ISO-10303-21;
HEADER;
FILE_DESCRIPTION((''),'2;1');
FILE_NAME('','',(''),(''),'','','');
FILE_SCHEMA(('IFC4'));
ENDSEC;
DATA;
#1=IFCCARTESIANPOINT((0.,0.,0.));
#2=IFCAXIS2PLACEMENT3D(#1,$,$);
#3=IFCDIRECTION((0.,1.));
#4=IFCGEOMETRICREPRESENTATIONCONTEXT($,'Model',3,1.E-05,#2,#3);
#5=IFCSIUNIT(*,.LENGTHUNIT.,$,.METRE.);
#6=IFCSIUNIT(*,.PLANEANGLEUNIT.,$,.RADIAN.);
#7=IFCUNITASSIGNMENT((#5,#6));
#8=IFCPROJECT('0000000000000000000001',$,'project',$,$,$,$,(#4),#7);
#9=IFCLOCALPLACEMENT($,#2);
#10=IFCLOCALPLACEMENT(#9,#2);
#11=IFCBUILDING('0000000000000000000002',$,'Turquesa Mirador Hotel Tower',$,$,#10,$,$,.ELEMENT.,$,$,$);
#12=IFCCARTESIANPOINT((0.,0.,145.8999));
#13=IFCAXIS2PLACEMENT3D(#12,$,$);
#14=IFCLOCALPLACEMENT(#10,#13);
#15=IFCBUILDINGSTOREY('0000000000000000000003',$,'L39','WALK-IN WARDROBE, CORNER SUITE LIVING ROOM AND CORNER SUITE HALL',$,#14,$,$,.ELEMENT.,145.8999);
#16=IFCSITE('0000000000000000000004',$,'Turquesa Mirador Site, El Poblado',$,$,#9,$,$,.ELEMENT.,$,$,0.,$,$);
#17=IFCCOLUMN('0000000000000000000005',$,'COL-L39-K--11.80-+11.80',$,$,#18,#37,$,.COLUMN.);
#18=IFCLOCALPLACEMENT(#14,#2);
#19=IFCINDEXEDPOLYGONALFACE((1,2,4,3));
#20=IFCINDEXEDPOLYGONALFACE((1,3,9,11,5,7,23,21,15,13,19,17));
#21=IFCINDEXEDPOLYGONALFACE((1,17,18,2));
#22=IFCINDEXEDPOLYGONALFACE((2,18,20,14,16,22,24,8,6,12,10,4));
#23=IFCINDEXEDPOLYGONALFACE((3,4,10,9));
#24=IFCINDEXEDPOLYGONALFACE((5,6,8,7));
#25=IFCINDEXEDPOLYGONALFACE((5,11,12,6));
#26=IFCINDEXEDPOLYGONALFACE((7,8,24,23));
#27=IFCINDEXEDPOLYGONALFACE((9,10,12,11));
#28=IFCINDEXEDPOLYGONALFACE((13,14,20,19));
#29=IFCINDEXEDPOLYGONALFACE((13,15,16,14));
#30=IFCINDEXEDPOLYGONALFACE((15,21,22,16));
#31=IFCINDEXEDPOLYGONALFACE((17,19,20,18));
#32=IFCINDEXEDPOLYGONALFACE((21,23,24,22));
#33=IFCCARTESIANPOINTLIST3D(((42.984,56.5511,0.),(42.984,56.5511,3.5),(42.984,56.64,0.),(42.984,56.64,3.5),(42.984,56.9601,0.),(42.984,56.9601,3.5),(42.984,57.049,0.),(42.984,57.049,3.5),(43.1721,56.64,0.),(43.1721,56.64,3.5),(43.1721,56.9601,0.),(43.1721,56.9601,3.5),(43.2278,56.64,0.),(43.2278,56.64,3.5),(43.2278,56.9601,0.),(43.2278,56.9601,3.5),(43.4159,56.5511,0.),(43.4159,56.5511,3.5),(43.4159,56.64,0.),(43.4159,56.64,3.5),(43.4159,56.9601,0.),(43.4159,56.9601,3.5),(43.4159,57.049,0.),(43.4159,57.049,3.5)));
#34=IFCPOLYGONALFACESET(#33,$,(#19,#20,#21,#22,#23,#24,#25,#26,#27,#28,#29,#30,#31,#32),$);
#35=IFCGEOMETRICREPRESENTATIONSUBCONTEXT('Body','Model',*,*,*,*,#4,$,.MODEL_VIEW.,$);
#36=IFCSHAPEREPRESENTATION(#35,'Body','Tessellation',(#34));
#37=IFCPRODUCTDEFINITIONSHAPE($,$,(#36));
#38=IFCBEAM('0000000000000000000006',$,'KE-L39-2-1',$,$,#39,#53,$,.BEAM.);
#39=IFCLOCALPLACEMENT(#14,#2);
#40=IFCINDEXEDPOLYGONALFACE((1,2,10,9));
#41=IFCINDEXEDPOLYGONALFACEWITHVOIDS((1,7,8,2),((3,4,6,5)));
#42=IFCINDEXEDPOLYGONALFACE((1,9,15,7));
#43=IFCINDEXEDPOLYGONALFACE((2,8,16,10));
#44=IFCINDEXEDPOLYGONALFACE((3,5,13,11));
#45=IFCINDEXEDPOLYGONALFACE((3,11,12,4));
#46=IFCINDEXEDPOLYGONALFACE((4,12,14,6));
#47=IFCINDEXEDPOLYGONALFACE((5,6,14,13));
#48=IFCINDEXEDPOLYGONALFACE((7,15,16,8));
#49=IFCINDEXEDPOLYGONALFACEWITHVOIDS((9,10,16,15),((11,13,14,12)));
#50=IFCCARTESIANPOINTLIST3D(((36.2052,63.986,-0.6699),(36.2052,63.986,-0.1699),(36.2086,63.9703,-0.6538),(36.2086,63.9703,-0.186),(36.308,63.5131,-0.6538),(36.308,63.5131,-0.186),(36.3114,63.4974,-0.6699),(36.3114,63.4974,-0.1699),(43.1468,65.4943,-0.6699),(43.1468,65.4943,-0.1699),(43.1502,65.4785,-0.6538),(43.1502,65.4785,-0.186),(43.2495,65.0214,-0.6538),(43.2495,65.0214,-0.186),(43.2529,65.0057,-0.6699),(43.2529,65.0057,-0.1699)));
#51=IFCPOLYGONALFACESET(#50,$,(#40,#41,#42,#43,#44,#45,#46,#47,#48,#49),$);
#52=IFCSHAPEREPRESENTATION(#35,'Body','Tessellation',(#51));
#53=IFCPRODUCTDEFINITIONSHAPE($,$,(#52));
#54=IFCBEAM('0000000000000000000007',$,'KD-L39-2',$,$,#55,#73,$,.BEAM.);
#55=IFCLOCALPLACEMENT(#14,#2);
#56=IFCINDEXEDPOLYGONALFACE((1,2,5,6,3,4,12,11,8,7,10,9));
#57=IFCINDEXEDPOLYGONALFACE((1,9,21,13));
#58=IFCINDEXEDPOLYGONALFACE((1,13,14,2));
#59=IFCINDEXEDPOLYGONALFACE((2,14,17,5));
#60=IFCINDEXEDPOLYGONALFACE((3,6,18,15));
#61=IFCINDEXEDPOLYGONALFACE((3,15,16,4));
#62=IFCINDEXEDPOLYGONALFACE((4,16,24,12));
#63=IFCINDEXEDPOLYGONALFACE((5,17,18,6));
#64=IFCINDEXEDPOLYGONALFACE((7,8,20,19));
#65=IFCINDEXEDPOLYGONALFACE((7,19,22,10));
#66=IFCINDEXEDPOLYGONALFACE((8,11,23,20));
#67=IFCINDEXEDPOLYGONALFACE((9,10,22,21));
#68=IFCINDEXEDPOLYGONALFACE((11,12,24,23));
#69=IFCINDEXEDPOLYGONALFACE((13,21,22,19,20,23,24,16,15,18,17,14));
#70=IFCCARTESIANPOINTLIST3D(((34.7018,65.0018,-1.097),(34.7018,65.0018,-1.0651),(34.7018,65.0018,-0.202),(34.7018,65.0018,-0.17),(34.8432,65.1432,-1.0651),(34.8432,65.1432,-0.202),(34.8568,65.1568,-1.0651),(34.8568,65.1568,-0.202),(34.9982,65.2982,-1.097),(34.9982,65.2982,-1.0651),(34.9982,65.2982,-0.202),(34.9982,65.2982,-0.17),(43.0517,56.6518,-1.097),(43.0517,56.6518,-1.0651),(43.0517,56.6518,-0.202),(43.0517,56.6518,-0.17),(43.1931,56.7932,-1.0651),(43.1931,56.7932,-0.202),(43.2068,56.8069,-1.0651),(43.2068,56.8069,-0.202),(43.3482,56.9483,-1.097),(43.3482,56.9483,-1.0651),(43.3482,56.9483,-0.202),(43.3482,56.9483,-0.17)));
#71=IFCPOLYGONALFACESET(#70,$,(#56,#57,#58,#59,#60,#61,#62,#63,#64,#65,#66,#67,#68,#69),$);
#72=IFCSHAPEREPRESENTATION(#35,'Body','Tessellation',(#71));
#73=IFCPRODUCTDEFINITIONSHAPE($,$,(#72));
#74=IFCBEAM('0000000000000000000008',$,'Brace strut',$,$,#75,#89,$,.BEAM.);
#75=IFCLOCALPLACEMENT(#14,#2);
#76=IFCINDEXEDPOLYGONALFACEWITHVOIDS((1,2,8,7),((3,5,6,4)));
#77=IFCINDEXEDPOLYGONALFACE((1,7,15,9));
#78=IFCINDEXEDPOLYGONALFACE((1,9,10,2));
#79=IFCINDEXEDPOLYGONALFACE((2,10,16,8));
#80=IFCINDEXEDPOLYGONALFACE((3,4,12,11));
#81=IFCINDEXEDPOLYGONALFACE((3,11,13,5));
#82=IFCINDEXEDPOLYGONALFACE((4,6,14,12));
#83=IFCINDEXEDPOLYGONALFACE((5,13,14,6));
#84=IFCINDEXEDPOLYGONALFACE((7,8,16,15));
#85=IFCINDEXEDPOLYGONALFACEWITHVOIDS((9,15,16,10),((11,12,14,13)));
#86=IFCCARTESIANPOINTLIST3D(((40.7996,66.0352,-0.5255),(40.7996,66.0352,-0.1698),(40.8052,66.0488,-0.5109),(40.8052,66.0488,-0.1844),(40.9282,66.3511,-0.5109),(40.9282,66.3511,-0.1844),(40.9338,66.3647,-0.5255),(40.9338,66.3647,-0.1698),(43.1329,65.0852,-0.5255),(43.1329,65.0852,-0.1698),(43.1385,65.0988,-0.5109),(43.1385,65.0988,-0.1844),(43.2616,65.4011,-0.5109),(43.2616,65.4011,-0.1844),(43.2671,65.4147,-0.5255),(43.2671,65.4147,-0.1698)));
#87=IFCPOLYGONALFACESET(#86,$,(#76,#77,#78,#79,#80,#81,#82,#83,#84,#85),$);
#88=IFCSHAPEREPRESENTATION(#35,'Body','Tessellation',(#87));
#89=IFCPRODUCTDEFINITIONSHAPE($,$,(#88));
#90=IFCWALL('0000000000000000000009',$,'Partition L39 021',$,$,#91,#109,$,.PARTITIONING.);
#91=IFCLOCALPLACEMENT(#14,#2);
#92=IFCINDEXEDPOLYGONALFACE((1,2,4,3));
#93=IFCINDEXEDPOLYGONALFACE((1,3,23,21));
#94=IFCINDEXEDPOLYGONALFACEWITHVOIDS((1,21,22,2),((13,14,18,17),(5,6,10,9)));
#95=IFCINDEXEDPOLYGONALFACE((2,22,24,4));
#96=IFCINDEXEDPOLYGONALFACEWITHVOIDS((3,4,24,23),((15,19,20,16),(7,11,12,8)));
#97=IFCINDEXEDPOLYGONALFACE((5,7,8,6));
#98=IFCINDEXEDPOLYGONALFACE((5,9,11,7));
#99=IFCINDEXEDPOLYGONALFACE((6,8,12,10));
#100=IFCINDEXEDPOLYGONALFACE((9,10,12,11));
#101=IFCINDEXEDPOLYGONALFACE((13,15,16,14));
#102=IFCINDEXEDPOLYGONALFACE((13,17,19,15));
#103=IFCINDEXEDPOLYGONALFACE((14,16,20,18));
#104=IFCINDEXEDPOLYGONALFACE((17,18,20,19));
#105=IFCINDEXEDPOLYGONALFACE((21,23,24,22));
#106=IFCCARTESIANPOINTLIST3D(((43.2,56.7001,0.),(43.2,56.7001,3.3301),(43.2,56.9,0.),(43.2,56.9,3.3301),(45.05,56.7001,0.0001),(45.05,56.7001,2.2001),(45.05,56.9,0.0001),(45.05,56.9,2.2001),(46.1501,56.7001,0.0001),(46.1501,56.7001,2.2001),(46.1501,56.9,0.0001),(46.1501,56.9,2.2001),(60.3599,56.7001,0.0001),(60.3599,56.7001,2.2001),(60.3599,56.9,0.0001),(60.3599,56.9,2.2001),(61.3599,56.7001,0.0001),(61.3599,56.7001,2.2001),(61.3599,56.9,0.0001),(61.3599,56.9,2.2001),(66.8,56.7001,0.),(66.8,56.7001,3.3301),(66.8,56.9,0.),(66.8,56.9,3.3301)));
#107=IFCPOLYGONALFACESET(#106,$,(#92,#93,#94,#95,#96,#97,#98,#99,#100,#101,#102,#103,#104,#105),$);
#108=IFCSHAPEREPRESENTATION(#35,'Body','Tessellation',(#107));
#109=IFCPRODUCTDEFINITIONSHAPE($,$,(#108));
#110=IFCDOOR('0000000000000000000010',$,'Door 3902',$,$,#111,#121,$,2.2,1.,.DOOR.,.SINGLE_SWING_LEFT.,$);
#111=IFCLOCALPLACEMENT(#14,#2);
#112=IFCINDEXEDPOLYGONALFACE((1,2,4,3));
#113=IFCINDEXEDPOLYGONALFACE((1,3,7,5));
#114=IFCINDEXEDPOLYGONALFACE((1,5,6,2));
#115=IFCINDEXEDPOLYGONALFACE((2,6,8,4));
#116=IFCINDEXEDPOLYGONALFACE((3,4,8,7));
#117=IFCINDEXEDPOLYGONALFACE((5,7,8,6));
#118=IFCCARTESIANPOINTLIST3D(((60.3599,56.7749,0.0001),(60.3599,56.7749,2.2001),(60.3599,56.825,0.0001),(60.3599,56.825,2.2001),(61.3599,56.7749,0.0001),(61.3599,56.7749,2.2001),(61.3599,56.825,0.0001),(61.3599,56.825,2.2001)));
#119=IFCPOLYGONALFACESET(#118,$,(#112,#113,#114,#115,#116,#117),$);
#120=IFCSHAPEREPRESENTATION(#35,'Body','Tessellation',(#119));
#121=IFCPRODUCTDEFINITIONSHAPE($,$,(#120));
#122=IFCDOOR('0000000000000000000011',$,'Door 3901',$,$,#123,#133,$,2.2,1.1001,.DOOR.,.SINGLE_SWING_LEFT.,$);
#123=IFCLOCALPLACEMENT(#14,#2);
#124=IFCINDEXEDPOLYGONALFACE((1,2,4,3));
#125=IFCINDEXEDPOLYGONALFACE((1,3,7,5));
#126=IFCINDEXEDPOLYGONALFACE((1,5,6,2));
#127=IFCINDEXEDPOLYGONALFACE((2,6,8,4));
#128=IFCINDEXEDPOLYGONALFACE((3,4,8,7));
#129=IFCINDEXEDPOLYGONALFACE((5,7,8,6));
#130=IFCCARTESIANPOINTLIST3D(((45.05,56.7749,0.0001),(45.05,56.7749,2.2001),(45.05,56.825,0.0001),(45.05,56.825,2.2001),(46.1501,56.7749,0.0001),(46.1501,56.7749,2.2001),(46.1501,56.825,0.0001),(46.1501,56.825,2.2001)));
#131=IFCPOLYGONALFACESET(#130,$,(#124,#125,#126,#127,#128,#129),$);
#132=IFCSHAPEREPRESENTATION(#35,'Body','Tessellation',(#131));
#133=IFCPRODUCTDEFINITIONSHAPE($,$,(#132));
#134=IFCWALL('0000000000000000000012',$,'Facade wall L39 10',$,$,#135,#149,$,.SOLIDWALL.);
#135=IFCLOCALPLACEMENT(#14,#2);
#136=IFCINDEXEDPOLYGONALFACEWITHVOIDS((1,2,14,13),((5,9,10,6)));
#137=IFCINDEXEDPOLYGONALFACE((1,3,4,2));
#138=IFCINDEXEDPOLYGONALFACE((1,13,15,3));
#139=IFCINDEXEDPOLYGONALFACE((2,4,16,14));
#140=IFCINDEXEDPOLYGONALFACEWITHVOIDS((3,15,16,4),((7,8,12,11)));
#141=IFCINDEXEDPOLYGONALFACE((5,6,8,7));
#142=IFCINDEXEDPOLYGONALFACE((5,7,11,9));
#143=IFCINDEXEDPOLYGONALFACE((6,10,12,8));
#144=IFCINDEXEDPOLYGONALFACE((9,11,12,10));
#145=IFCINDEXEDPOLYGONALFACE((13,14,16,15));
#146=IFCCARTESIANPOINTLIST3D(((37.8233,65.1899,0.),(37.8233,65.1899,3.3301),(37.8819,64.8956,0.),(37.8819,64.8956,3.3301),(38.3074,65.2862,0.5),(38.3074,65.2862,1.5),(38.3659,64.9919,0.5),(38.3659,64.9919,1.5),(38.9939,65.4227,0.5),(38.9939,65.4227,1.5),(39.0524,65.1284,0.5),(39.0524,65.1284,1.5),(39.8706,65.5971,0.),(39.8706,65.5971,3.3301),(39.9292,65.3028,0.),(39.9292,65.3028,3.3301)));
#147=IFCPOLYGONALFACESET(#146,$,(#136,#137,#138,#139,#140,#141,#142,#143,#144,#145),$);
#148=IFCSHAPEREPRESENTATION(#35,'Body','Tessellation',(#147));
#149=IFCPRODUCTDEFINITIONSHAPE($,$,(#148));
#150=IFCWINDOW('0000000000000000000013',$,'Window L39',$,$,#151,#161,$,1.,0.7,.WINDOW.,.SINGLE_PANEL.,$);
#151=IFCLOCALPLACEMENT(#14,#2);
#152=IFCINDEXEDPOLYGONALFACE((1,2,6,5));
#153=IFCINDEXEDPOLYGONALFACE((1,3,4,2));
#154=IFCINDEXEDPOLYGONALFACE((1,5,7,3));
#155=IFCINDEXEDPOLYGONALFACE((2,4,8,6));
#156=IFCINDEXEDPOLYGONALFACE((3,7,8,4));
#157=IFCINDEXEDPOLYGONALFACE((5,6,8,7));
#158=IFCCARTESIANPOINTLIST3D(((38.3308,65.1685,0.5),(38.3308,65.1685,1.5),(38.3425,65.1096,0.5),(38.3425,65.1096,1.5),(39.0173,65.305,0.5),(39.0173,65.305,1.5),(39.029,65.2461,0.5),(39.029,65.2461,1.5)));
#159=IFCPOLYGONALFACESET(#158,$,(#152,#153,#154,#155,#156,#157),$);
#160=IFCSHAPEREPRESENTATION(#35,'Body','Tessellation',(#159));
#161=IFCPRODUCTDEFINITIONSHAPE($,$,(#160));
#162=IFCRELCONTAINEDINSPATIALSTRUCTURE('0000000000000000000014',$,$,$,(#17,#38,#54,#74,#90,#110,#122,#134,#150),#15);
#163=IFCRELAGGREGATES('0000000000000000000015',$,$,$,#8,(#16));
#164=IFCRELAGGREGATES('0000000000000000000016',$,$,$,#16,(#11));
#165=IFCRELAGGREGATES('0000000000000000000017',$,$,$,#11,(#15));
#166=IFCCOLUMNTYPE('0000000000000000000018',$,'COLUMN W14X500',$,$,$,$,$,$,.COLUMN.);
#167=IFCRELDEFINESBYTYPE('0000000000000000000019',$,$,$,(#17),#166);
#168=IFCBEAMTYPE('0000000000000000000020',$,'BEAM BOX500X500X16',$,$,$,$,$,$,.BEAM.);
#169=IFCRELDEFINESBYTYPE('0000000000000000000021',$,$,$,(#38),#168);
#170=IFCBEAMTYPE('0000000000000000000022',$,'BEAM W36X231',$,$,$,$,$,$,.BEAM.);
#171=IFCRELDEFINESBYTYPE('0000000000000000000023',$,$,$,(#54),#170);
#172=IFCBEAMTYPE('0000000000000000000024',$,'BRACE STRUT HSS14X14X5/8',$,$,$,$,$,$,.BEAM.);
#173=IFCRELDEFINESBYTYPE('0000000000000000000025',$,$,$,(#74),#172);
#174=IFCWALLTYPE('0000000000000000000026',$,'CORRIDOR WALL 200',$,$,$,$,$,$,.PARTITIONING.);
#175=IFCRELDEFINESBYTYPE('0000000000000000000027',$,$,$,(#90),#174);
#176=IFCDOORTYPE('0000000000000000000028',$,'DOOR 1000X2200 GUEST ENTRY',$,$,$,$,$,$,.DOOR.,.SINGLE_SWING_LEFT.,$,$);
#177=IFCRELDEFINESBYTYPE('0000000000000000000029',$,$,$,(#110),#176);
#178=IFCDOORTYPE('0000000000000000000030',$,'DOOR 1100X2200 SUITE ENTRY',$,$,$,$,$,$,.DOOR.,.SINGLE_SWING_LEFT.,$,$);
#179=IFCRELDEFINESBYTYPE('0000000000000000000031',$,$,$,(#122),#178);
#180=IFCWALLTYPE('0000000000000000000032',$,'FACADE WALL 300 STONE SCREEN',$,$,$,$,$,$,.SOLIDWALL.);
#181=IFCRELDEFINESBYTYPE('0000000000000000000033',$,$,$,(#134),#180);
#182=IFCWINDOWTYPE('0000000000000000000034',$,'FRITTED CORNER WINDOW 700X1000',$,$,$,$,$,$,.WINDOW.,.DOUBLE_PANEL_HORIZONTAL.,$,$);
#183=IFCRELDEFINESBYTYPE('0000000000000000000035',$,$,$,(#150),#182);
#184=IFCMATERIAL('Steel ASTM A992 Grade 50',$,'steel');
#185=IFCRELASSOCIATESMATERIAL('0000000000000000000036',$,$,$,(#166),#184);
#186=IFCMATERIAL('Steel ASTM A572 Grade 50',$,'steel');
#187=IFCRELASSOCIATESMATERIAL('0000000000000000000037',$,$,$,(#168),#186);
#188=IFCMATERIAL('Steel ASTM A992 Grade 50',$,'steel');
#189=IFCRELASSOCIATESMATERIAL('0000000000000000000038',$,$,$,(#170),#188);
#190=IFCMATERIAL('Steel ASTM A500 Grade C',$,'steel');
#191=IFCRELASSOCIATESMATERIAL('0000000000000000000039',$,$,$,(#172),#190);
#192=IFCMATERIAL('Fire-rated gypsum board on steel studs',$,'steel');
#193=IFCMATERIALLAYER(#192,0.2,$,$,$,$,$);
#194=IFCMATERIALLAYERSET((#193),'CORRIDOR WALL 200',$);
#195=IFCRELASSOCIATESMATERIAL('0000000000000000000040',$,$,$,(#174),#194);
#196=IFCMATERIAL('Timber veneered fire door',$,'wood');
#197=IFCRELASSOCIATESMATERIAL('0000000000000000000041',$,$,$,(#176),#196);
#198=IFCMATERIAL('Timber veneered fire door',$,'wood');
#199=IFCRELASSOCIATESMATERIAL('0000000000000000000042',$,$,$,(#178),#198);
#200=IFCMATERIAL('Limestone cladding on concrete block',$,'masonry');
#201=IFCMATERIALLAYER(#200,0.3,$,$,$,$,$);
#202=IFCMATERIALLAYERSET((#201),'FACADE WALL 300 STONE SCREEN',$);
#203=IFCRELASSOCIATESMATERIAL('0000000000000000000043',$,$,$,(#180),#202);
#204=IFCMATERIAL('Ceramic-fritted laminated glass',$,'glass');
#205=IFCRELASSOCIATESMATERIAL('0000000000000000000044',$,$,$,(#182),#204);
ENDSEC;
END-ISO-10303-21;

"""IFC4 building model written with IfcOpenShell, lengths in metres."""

from ifc_helpers import new_model, si_unit, direction, frame, frame_2d, origin, origin_2d, place, context, subcontext, project, spatial, rectangle, hollow_rectangle, i_section, extrude, material, layer, layer_set, material_profile, profile_set, type_object, element, fill, save


model = new_model("IFC4")

# Units and contexts
model_context = context("Model", 3, precision=1e-05, world=origin(), true_north=direction((0.0, 1.0)))
body_context = subcontext(model_context, "Body", "Model", "MODEL_VIEW")
ifc_project = project(units=[si_unit("LENGTHUNIT", "METRE"), si_unit("PLANEANGLEUNIT", "RADIAN")], contexts=[model_context])

# Site, building, storey
site_placement = place(None, origin())
site = spatial("IfcSite", under=ifc_project, at=site_placement, Name="Turquesa Mirador Site, El Poblado", CompositionType="ELEMENT", RefElevation=0.0)
building_placement = place(site_placement, origin())
building = spatial("IfcBuilding", under=site, at=building_placement, Name="Turquesa Mirador Hotel Tower", CompositionType="ELEMENT")
storey_placement = place(building_placement, frame((0.0, 0.0, 145.8999)))
storey = spatial("IfcBuildingStorey", under=building, at=storey_placement, Name="L39", Description="WALK-IN WARDROBE, CORNER SUITE LIVING ROOM AND CORNER SUITE HALL", CompositionType="ELEMENT", Elevation=145.8999)

# Column
ifc_material_1 = material(Name="Steel ASTM A992 Grade 50", Category="steel")
ifc_material_profile_1 = material_profile(ifc_material_1, i_section(OverallWidth=0.4319, OverallDepth=0.4978, WebThickness=0.0557, FlangeThickness=0.0889, at=origin_2d()), Name="W14X500")
ifc_profile_set_1 = profile_set([ifc_material_profile_1], Name="Steel ASTM A992 Grade 50")
column_type = type_object("IfcColumnType", Name="COLUMN W14X500", PredefinedType="COLUMN", material=ifc_profile_set_1)
column_placement = place(storey_placement, frame((43.2, 56.8, 0.0), z_axis=(0.0, 0.0, 1.0), x_axis=(1.0, 0.0, 0.0)))
element("IfcColumn", 1, at=column_placement, inside=storey, type_object=column_type, Name="COL-L39-K--11.80-+11.80", PredefinedType="COLUMN", context=body_context, shape_type="SweptSolid", body=[
    extrude(i_section(OverallWidth=0.4319, OverallDepth=0.4978, WebThickness=0.0557, FlangeThickness=0.0889, at=origin_2d()), origin(), (0.0, 0.0, 1.0), 3.5),
])

# Beams
ifc_material_2 = material(Name="Steel ASTM A572 Grade 50", Category="steel")
ifc_material_profile_2 = material_profile(ifc_material_2, hollow_rectangle(XDim=0.5, YDim=0.5, WallThickness=0.0161, at=origin_2d()), Name="BOX500X500X16")
ifc_profile_set_2 = profile_set([ifc_material_profile_2], Name="Steel ASTM A572 Grade 50")
beam_type_1 = type_object("IfcBeamType", Name="BEAM BOX500X500X16", PredefinedType="BEAM", material=ifc_profile_set_2)
beam_1_placement = place(storey_placement, frame((36.2583, 63.7417, -0.4199), z_axis=(0.977198, 0.212328, 0.0), x_axis=(-0.212328, 0.977198, 0.0)))
element("IfcBeam", 2, at=beam_1_placement, inside=storey, type_object=beam_type_1, Name="KE-L39-2-1", PredefinedType="BEAM", context=body_context, shape_type="SweptSolid", body=[
    extrude(hollow_rectangle(XDim=0.5, YDim=0.5, WallThickness=0.0161, at=origin_2d()), origin(), (0.0, 0.0, 1.0), 7.1035),
])
ifc_material_3 = material(Name="Steel ASTM A992 Grade 50", Category="steel")
ifc_material_profile_3 = material_profile(ifc_material_3, i_section(OverallWidth=0.4192, OverallDepth=0.927, WebThickness=0.0193, FlangeThickness=0.032, at=origin_2d()), Name="W36X231")
ifc_profile_set_3 = profile_set([ifc_material_profile_3], Name="Steel ASTM A992 Grade 50")
beam_type_2 = type_object("IfcBeamType", Name="BEAM W36X231", PredefinedType="BEAM", material=ifc_profile_set_3)
beam_2_placement = place(storey_placement, frame((43.2, 56.8, -0.6335), z_axis=(-0.707107, 0.707107, 0.0), x_axis=(-0.707107, -0.707107, 0.0)))
element("IfcBeam", 3, at=beam_2_placement, inside=storey, type_object=beam_type_2, Name="KD-L39-2", PredefinedType="BEAM", context=body_context, shape_type="SweptSolid", body=[
    extrude(i_section(OverallWidth=0.4192, OverallDepth=0.927, WebThickness=0.0193, FlangeThickness=0.032, at=origin_2d()), origin(), (0.0, 0.0, 1.0), 11.8086),
])
ifc_material_4 = material(Name="Steel ASTM A500 Grade C", Category="steel")
ifc_material_profile_4 = material_profile(ifc_material_4, hollow_rectangle(XDim=0.3557, YDim=0.3557, WallThickness=0.0146, at=origin_2d()), Name="HSS14X14X5/8")
ifc_profile_set_4 = profile_set([ifc_material_profile_4], Name="Steel ASTM A500 Grade C")
beam_type_3 = type_object("IfcBeamType", Name="BRACE STRUT HSS14X14X5/8", PredefinedType="BEAM", material=ifc_profile_set_4)
beam_3_placement = place(storey_placement, frame((40.8667, 66.2, -0.3477), z_axis=(0.92618, -0.377081, 0.0), x_axis=(0.377081, 0.92618, 0.0)))
element("IfcBeam", 4, at=beam_3_placement, inside=storey, type_object=beam_type_3, Name="Brace strut", PredefinedType="BEAM", context=body_context, shape_type="SweptSolid", body=[
    extrude(hollow_rectangle(XDim=0.3557, YDim=0.3557, WallThickness=0.0146, at=origin_2d()), origin(), (0.0, 0.0, 1.0), 2.5193),
])

# Wall, openings, doors
ifc_material_5 = material(Name="Fire-rated gypsum board on steel studs", Category="steel")
ifc_layer_1 = layer(ifc_material_5, 0.2)
ifc_layer_set_1 = layer_set([ifc_layer_1], Name="CORRIDOR WALL 200")
wall_type_1 = type_object("IfcWallType", Name="CORRIDOR WALL 200", PredefinedType="PARTITIONING", material=ifc_layer_set_1)
wall_1_placement = place(storey_placement, frame((43.2, 56.8, 0.0), z_axis=(0.0, 0.0, 1.0), x_axis=(1.0, 0.0, 0.0)))
wall_1 = element("IfcWall", 5, at=wall_1_placement, inside=storey, type_object=wall_type_1, Name="Partition L39 021", PredefinedType="PARTITIONING", context=body_context, shape_type="SweptSolid", body=[
    extrude(rectangle(XDim=23.6001, YDim=0.2, at=frame_2d((11.8, 0.0))), origin(), (0.0, 0.0, 1.0), 3.3301),
])
opening_1_placement = place(wall_1_placement, frame((1.8501, 0.0, 0.0)))
opening_1 = element("IfcOpeningElement", 6, at=opening_1_placement, cuts=wall_1, PredefinedType="OPENING", context=body_context, shape_type="SweptSolid", body=[
    extrude(rectangle(XDim=1.1001, YDim=2.2, at=frame_2d((0.55, 1.1001))), frame((0.0, 0.1099, 0.0), z_axis=(0.0, -1.0, 0.0), x_axis=(1.0, 0.0, 0.0)), (0.0, 0.0, 1.0), 0.22),
])
opening_2_placement = place(wall_1_placement, frame((17.1599, 0.0, 0.0)))
opening_2 = element("IfcOpeningElement", 7, at=opening_2_placement, cuts=wall_1, PredefinedType="OPENING", context=body_context, shape_type="SweptSolid", body=[
    extrude(rectangle(XDim=1.0, YDim=2.2, at=frame_2d((0.5, 1.1001))), frame((0.0, 0.1099, 0.0), z_axis=(0.0, -1.0, 0.0), x_axis=(1.0, 0.0, 0.0)), (0.0, 0.0, 1.0), 0.22),
])
ifc_material_6 = material(Name="Timber veneered fire door", Category="wood")
door_type_1 = type_object("IfcDoorType", Name="DOOR 1000X2200 GUEST ENTRY", OperationType="SINGLE_SWING_LEFT", PredefinedType="DOOR", material=ifc_material_6)
door_1_placement = place(opening_2_placement, origin())
door_1 = element("IfcDoor", 8, at=door_1_placement, inside=storey, type_object=door_type_1, Name="Door 3902", OperationType="SINGLE_SWING_LEFT", OverallHeight=2.2, OverallWidth=1.0, PredefinedType="DOOR", context=body_context, shape_type="SweptSolid", body=[
    extrude(rectangle(XDim=1.0, YDim=2.2, at=frame_2d((0.5, 1.1001))), frame((0.0, 0.0249, 0.0), z_axis=(0.0, -1.0, 0.0), x_axis=(1.0, 0.0, 0.0)), (0.0, 0.0, 1.0), 0.05),
])
fill(opening_2, door_1)
ifc_material_7 = material(Name="Timber veneered fire door", Category="wood")
door_type_2 = type_object("IfcDoorType", Name="DOOR 1100X2200 SUITE ENTRY", OperationType="SINGLE_SWING_LEFT", PredefinedType="DOOR", material=ifc_material_7)
door_2_placement = place(opening_1_placement, origin())
door_2 = element("IfcDoor", 9, at=door_2_placement, inside=storey, type_object=door_type_2, Name="Door 3901", OperationType="SINGLE_SWING_LEFT", OverallHeight=2.2, OverallWidth=1.1001, PredefinedType="DOOR", context=body_context, shape_type="SweptSolid", body=[
    extrude(rectangle(XDim=1.1001, YDim=2.2, at=frame_2d((0.55, 1.1001))), frame((0.0, 0.0249, 0.0), z_axis=(0.0, -1.0, 0.0), x_axis=(1.0, 0.0, 0.0)), (0.0, 0.0, 1.0), 0.05),
])
fill(opening_1, door_2)

# Wall, opening, window
ifc_material_8 = material(Name="Limestone cladding on concrete block", Category="masonry")
ifc_layer_2 = layer(ifc_material_8, 0.3)
ifc_layer_set_2 = layer_set([ifc_layer_2], Name="FACADE WALL 300 STONE SCREEN")
wall_type_2 = type_object("IfcWallType", Name="FACADE WALL 300 STONE SCREEN", PredefinedType="SOLIDWALL", material=ifc_layer_set_2)
wall_2_placement = place(storey_placement, frame((39.8999, 65.45, 0.0), z_axis=(0.0, 0.0, 1.0), x_axis=(-0.980787, -0.195081, 0.0)))
wall_2 = element("IfcWall", 10, at=wall_2_placement, inside=storey, type_object=wall_type_2, Name="Facade wall L39 10", PredefinedType="SOLIDWALL", context=body_context, shape_type="SweptSolid", body=[
    extrude(rectangle(XDim=2.0874, YDim=0.3, at=frame_2d((1.0437, 0.0))), origin(), (0.0, 0.0, 1.0), 3.3301),
])
opening_3_placement = place(wall_2_placement, frame((0.8938, 0.0, 0.5)))
opening_3 = element("IfcOpeningElement", 11, at=opening_3_placement, cuts=wall_2, PredefinedType="OPENING", context=body_context, shape_type="SweptSolid", body=[
    extrude(rectangle(XDim=0.7, YDim=1.0, at=frame_2d((0.3501, 0.5))), frame((0.0, 0.1599, 0.0), z_axis=(0.0, -1.0, 0.0), x_axis=(1.0, 0.0, 0.0)), (0.0, 0.0, 1.0), 0.3201),
])
ifc_material_9 = material(Name="Ceramic-fritted laminated glass", Category="glass")
window_type_1 = type_object("IfcWindowType", Name="FRITTED CORNER WINDOW 700X1000", PartitioningType="DOUBLE_PANEL_HORIZONTAL", PredefinedType="WINDOW", material=ifc_material_9)
window_1_placement = place(opening_3_placement, origin())
window_1 = element("IfcWindow", 12, at=window_1_placement, inside=storey, type_object=window_type_1, Name="Window L39", OverallHeight=1.0, OverallWidth=0.7, PartitioningType="SINGLE_PANEL", PredefinedType="WINDOW", context=body_context, shape_type="SweptSolid", body=[
    extrude(rectangle(XDim=0.7, YDim=1.0, at=frame_2d((0.3501, 0.5))), frame((0.0, 0.03, 0.0), z_axis=(0.0, -1.0, 0.0), x_axis=(1.0, 0.0, 0.0)), (0.0, 0.0, 1.0), 0.0601),
])
fill(opening_3, window_1)

save(model, "model.ifc")
